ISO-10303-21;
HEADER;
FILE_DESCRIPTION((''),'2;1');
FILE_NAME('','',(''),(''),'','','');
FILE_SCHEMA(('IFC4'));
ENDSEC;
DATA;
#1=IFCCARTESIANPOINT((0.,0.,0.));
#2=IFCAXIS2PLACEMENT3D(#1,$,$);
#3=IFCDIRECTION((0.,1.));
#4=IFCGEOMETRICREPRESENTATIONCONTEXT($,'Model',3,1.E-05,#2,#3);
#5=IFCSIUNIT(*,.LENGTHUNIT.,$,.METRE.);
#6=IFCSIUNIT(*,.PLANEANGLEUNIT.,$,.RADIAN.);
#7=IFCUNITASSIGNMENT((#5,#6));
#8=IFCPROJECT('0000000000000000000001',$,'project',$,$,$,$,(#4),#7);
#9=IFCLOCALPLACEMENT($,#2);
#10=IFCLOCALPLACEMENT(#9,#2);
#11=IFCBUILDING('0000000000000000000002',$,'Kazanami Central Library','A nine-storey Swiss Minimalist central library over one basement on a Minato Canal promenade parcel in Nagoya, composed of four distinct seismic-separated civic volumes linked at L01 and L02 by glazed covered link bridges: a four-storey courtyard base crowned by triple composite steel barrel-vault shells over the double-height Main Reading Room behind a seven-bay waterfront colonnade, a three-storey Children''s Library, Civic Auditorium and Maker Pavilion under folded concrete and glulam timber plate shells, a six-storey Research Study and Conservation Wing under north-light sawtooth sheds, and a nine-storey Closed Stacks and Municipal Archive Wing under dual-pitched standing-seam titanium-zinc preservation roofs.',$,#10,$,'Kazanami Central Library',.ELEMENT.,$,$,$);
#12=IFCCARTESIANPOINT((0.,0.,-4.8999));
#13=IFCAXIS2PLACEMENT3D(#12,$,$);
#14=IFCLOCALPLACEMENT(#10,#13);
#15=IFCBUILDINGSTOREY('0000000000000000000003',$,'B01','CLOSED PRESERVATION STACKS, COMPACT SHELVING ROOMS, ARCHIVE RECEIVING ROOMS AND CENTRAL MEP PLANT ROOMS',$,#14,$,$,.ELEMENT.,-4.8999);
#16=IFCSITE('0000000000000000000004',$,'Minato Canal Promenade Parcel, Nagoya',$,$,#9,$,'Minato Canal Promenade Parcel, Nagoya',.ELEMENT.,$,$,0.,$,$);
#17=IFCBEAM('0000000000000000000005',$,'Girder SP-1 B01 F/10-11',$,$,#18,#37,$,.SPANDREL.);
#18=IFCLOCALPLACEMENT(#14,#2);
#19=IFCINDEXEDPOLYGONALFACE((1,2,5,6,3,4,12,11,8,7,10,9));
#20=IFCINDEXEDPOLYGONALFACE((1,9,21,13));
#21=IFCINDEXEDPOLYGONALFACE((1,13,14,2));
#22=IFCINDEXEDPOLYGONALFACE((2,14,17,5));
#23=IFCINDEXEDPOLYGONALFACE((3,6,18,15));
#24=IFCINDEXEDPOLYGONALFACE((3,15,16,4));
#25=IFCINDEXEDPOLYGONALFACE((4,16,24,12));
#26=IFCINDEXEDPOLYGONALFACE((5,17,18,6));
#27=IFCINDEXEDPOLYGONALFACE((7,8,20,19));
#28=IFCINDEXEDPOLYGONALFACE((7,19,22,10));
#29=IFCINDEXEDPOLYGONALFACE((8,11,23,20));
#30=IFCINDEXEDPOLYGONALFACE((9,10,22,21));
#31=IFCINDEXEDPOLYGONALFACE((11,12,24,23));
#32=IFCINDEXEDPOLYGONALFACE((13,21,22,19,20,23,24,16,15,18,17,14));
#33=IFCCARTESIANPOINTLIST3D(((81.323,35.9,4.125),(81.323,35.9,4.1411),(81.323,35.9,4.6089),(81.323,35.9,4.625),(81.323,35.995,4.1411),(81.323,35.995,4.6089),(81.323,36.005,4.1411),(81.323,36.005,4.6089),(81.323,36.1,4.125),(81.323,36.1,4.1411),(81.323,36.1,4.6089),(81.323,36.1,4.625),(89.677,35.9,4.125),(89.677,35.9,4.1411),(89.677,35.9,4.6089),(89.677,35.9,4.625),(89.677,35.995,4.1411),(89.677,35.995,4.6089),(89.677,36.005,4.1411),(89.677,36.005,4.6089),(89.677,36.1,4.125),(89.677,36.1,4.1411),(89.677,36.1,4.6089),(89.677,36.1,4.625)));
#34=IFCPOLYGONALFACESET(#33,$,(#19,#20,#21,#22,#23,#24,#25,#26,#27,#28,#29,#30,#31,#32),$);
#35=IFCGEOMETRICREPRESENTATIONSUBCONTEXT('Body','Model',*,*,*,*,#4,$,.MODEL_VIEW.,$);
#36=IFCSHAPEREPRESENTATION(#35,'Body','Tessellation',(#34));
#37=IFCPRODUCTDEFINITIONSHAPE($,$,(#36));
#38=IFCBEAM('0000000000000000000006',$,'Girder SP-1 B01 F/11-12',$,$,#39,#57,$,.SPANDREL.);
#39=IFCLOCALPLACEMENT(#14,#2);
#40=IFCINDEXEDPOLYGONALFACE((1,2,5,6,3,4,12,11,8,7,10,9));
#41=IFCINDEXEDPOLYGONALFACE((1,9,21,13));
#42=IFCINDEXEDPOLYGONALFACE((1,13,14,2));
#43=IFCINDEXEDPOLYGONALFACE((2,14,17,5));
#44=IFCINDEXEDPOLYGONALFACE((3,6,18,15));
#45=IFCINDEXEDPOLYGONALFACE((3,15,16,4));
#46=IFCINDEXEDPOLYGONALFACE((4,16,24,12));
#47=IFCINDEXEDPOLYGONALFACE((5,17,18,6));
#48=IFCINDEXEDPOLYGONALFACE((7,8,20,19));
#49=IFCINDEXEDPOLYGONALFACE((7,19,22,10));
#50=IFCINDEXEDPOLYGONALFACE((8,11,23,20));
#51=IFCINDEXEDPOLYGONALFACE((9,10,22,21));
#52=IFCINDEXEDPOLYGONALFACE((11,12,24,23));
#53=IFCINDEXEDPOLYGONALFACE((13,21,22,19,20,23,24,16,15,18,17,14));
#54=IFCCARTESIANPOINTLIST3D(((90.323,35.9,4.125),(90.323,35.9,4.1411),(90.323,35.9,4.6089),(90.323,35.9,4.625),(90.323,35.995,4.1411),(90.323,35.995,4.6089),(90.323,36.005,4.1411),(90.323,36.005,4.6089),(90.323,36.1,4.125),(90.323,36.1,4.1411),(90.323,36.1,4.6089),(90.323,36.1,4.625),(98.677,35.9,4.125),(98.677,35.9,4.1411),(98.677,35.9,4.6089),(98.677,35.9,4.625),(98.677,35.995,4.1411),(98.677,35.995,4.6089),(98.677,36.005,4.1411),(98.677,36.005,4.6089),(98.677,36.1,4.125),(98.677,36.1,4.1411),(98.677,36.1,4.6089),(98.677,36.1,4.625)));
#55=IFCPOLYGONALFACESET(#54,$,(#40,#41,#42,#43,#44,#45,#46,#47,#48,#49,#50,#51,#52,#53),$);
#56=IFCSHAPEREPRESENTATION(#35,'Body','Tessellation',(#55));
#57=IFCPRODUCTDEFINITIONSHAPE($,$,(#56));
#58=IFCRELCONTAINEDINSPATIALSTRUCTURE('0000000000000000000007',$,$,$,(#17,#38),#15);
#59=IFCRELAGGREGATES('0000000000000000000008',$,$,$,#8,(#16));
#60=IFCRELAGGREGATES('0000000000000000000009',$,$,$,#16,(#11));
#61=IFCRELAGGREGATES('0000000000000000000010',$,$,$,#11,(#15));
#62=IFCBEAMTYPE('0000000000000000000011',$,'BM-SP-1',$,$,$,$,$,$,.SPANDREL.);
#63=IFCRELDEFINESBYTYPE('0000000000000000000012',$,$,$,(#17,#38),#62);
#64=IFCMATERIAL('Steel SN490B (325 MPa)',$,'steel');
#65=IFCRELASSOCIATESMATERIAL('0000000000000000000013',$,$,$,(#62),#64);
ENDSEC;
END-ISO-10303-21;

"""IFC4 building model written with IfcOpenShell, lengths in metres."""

from ifc_helpers import new_model, si_unit, direction, frame, origin, origin_2d, place, context, subcontext, project, spatial, i_section, extrude, material, material_profile, profile_set, type_object, element, save


model = new_model("IFC4")

# Units and contexts
model_context = context("Model", 3, precision=1e-05, world=origin(), true_north=direction((0.0, 1.0)))
body_context = subcontext(model_context, "Body", "Model", "MODEL_VIEW")
ifc_project = project(units=[si_unit("LENGTHUNIT", "METRE"), si_unit("PLANEANGLEUNIT", "RADIAN")], contexts=[model_context])

# Site, building, storey
site_placement = place(None, origin())
site = spatial("IfcSite", under=ifc_project, at=site_placement, Name="Minato Canal Promenade Parcel, Nagoya", LongName="Minato Canal Promenade Parcel, Nagoya", CompositionType="ELEMENT", RefElevation=0.0)
building_placement = place(site_placement, origin())
building = spatial("IfcBuilding", under=site, at=building_placement, Name="Kazanami Central Library", Description="A nine-storey Swiss Minimalist central library over one basement on a Minato Canal promenade parcel in Nagoya, composed of four distinct seismic-separated civic volumes linked at L01 and L02 by glazed covered link bridges: a four-storey courtyard base crowned by triple composite steel barrel-vault shells over the double-height Main Reading Room behind a seven-bay waterfront colonnade, a three-storey Children's Library, Civic Auditorium and Maker Pavilion under folded concrete and glulam timber plate shells, a six-storey Research Study and Conservation Wing under north-light sawtooth sheds, and a nine-storey Closed Stacks and Municipal Archive Wing under dual-pitched standing-seam titanium-zinc preservation roofs.", LongName="Kazanami Central Library", CompositionType="ELEMENT")
storey_placement = place(building_placement, frame((0.0, 0.0, -4.8999)))
storey = spatial("IfcBuildingStorey", under=building, at=storey_placement, Name="B01", Description="CLOSED PRESERVATION STACKS, COMPACT SHELVING ROOMS, ARCHIVE RECEIVING ROOMS AND CENTRAL MEP PLANT ROOMS", CompositionType="ELEMENT", Elevation=-4.8999)

# Beams
ifc_material_1 = material(Name="Steel SN490B (325 MPa)", Category="steel")
ifc_material_profile_1 = material_profile(ifc_material_1, i_section(OverallWidth=0.2, OverallDepth=0.5, WebThickness=0.01, FlangeThickness=0.0161, at=origin_2d()), Name="H-500x200x10x16")
ifc_profile_set_1 = profile_set([ifc_material_profile_1], Name="Steel SN490B (325 MPa)")
beam_type_1 = type_object("IfcBeamType", Name="BM-SP-1", PredefinedType="SPANDREL", material=ifc_profile_set_1)
for number, where, z_axis, x_axis, name in (
    (1, (81.323, 36.0, 4.375), (1.0, 0.0, 0.0), (0.0, 1.0, 0.0), "Girder SP-1 B01 F/10-11"),
    (2, (90.323, 36.0, 4.375), (1.0, 0.0, 0.0), (0.0, 1.0, 0.0), "Girder SP-1 B01 F/11-12"),
):
    element("IfcBeam", number, at=place(storey_placement, frame(where, z_axis=z_axis, x_axis=x_axis)), inside=storey, type_object=beam_type_1, Name=name, PredefinedType="SPANDREL", context=body_context, shape_type="SweptSolid", body=[
        extrude(i_section(OverallWidth=0.2, OverallDepth=0.5, WebThickness=0.01, FlangeThickness=0.0161, at=origin_2d()), origin(), (0.0, 0.0, 1.0), 8.354),
    ])

save(model, "model.ifc")
